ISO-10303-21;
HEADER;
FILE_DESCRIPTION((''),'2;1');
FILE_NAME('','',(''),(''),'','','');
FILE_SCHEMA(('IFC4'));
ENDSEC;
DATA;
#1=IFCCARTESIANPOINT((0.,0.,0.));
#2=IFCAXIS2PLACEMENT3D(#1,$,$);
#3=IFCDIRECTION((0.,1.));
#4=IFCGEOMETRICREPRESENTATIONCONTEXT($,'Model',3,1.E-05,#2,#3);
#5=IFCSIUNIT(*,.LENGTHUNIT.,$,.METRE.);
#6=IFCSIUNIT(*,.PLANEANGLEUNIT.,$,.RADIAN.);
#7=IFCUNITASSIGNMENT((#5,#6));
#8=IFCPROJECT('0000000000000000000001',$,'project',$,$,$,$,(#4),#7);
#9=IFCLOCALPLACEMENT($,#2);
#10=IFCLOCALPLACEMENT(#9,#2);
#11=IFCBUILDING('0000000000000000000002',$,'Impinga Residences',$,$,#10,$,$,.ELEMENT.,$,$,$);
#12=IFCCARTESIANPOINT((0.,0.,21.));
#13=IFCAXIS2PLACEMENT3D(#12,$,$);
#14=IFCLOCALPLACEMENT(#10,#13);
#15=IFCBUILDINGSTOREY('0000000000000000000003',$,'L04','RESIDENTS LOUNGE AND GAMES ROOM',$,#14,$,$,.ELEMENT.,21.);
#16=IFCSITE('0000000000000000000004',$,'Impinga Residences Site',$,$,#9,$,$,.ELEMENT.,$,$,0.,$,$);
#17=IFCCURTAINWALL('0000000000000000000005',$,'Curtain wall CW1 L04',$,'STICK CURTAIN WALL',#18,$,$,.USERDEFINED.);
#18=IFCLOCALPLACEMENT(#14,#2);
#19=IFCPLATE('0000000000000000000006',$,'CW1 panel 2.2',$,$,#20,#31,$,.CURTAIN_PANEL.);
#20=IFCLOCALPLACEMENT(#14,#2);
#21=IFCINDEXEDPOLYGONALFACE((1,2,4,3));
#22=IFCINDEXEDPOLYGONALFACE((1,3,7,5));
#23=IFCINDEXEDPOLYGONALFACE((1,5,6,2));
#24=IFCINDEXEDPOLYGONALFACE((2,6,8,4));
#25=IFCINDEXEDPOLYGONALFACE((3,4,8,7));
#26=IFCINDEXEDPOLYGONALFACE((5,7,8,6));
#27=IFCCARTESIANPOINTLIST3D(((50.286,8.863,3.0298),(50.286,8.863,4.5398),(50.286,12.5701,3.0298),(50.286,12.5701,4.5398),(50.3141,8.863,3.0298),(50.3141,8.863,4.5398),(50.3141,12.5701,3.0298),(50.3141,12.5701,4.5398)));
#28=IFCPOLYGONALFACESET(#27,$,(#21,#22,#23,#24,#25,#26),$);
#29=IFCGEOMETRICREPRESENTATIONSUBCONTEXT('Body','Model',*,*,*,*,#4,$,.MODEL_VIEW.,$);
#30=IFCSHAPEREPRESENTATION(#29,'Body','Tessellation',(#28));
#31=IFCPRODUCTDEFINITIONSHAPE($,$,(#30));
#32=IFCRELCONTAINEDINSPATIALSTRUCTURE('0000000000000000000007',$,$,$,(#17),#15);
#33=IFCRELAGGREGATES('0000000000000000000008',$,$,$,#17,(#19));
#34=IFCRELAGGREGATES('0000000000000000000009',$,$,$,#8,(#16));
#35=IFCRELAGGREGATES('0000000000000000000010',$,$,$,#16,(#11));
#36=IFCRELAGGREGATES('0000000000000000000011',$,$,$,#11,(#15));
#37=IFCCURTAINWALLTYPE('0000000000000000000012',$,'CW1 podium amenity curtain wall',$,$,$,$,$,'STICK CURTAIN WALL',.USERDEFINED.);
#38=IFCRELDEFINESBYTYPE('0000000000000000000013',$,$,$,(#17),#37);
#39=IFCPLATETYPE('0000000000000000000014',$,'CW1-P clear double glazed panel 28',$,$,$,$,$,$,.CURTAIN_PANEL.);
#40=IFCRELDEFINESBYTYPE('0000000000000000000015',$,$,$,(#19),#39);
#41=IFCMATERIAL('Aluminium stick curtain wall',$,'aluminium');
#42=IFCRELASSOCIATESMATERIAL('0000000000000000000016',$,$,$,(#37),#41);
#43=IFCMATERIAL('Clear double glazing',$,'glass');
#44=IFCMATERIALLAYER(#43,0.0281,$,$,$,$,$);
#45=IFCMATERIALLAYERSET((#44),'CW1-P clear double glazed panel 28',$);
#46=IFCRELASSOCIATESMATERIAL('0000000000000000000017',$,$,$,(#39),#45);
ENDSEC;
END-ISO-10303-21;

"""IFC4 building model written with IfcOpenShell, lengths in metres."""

from ifc_helpers import new_model, si_unit, direction, frame, origin, origin_2d, place, context, subcontext, project, spatial, rectangle, extrude, material, layer, layer_set, type_object, element, aggregate, save


model = new_model("IFC4")

# Units and contexts
model_context = context("Model", 3, precision=1e-05, world=origin(), true_north=direction((0.0, 1.0)))
body_context = subcontext(model_context, "Body", "Model", "MODEL_VIEW")
ifc_project = project(units=[si_unit("LENGTHUNIT", "METRE"), si_unit("PLANEANGLEUNIT", "RADIAN")], contexts=[model_context])

# Site, building, storey
site_placement = place(None, origin())
site = spatial("IfcSite", under=ifc_project, at=site_placement, Name="Impinga Residences Site", CompositionType="ELEMENT", RefElevation=0.0)
building_placement = place(site_placement, origin())
building = spatial("IfcBuilding", under=site, at=building_placement, Name="Impinga Residences", CompositionType="ELEMENT")
storey_placement = place(building_placement, frame((0.0, 0.0, 21.0)))
storey = spatial("IfcBuildingStorey", under=building, at=storey_placement, Name="L04", Description="RESIDENTS LOUNGE AND GAMES ROOM", CompositionType="ELEMENT", Elevation=21.0)

# Curtain wall
ifc_material_1 = material(Name="Aluminium stick curtain wall", Category="aluminium")
curtain_wall_type = type_object("IfcCurtainWallType", Name="CW1 podium amenity curtain wall", ElementType="STICK CURTAIN WALL", PredefinedType="USERDEFINED", material=ifc_material_1)
curtain_wall_1_placement = place(storey_placement, origin())
curtain_wall_1 = element("IfcCurtainWall", 1, at=curtain_wall_1_placement, inside=storey, type_object=curtain_wall_type, Name="Curtain wall CW1 L04", ObjectType="STICK CURTAIN WALL", PredefinedType="USERDEFINED")

# Plate
ifc_material_2 = material(Name="Clear double glazing", Category="glass")
ifc_layer = layer(ifc_material_2, 0.0281)
ifc_layer_set = layer_set([ifc_layer], Name="CW1-P clear double glazed panel 28")
plate_type = type_object("IfcPlateType", Name="CW1-P clear double glazed panel 28", PredefinedType="CURTAIN_PANEL", material=ifc_layer_set)
plate_1_placement = place(storey_placement, frame((50.3, 10.7166, 3.0298), z_axis=(0.0, 0.0, 1.0), x_axis=(0.0, -1.0, 0.0)))
plate_1 = element("IfcPlate", 2, at=plate_1_placement, type_object=plate_type, Name="CW1 panel 2.2", PredefinedType="CURTAIN_PANEL", context=body_context, shape_type="SweptSolid", body=[
    extrude(rectangle(XDim=3.707, YDim=0.0281, at=origin_2d()), origin(), (0.0, 0.0, 1.0), 1.51),
])
aggregate(curtain_wall_1, [plate_1])

save(model, "model.ifc")
